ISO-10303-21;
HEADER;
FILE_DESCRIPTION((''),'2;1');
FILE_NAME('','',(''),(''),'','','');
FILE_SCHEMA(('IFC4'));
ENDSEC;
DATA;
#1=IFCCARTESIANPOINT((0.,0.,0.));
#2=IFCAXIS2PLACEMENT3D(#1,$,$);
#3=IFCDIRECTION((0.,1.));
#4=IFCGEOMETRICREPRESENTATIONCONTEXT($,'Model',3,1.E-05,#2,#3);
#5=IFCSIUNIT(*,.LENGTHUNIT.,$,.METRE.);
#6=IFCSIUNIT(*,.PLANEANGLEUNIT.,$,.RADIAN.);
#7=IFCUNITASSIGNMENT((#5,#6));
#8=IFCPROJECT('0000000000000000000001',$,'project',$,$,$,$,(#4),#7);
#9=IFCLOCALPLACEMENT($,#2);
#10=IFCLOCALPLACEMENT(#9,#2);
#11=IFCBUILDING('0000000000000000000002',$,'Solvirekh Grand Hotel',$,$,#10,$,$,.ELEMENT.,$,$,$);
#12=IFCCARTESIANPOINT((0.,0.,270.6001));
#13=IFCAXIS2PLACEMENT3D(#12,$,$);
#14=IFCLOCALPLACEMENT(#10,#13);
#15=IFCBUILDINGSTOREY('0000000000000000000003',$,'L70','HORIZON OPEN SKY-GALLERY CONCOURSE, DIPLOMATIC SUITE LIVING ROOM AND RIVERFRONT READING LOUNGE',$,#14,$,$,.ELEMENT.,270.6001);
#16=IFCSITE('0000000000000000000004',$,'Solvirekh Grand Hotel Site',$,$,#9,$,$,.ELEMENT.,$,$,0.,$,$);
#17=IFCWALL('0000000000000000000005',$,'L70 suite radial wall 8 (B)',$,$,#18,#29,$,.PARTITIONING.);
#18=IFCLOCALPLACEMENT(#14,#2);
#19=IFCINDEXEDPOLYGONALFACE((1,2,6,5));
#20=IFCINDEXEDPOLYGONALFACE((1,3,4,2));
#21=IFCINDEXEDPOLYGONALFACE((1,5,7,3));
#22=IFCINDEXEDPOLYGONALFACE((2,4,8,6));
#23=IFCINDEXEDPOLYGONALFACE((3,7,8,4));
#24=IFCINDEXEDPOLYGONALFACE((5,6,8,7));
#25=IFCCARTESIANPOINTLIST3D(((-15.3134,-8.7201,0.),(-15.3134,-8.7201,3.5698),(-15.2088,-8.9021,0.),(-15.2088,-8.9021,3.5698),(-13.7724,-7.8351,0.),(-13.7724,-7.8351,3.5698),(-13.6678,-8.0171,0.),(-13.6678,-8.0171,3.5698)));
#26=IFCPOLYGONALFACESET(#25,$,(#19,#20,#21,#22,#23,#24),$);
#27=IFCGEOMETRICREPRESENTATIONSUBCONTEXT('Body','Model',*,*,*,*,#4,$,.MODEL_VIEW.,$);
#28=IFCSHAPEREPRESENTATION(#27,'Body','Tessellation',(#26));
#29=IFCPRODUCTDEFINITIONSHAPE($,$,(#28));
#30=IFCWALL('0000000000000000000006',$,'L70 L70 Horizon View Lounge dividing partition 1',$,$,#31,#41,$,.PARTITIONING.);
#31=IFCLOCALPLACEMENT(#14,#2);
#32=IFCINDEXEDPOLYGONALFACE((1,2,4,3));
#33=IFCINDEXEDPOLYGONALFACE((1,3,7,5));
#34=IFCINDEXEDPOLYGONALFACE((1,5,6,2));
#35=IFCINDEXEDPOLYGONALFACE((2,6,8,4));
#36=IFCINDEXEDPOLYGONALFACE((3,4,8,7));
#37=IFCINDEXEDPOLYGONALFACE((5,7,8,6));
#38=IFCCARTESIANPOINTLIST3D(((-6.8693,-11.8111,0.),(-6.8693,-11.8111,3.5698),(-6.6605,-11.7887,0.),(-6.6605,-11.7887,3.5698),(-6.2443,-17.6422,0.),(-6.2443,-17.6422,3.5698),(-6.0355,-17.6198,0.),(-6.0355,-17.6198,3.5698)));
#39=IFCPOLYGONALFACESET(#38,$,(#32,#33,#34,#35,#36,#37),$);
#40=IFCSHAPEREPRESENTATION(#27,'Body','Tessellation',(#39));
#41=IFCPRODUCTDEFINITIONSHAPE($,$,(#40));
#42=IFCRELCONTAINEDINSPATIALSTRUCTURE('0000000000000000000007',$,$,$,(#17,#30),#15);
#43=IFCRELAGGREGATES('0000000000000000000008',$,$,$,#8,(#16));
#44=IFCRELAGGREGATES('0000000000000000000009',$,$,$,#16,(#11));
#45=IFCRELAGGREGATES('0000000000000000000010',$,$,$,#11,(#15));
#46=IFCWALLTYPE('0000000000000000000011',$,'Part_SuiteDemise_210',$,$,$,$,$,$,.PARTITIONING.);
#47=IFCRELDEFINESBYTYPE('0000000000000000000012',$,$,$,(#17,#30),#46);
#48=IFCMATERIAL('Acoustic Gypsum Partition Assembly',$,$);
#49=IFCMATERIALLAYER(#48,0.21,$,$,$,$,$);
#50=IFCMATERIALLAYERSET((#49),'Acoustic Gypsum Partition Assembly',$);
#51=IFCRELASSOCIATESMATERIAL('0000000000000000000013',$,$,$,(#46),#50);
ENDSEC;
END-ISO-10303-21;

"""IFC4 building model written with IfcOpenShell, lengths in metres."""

from ifc_helpers import new_model, si_unit, direction, frame, frame_2d, origin, place, context, subcontext, project, spatial, rectangle, extrude, material, layer, layer_set, type_object, element, save


model = new_model("IFC4")

# Units and contexts
model_context = context("Model", 3, precision=1e-05, world=origin(), true_north=direction((0.0, 1.0)))
body_context = subcontext(model_context, "Body", "Model", "MODEL_VIEW")
ifc_project = project(units=[si_unit("LENGTHUNIT", "METRE"), si_unit("PLANEANGLEUNIT", "RADIAN")], contexts=[model_context])

# Site, building, storey
site_placement = place(None, origin())
site = spatial("IfcSite", under=ifc_project, at=site_placement, Name="Solvirekh Grand Hotel Site", CompositionType="ELEMENT", RefElevation=0.0)
building_placement = place(site_placement, origin())
building = spatial("IfcBuilding", under=site, at=building_placement, Name="Solvirekh Grand Hotel", CompositionType="ELEMENT")
storey_placement = place(building_placement, frame((0.0, 0.0, 270.6001)))
storey = spatial("IfcBuildingStorey", under=building, at=storey_placement, Name="L70", Description="HORIZON OPEN SKY-GALLERY CONCOURSE, DIPLOMATIC SUITE LIVING ROOM AND RIVERFRONT READING LOUNGE", CompositionType="ELEMENT", Elevation=270.6001)

# Shared definitions
ifc_material_1 = material(Name="Acoustic Gypsum Partition Assembly")

# Walls
ifc_layer_1 = layer(ifc_material_1, 0.21)
ifc_layer_set_1 = layer_set([ifc_layer_1], Name="Acoustic Gypsum Partition Assembly")
wall_type_1 = type_object("IfcWallType", Name="Part_SuiteDemise_210", PredefinedType="PARTITIONING", material=ifc_layer_set_1)
wall_1_placement = place(storey_placement, frame((-13.72, -7.926, 0.0), z_axis=(0.0, 0.0, 1.0), x_axis=(-0.867167, -0.498017, 0.0)))
element("IfcWall", 1, at=wall_1_placement, inside=storey, type_object=wall_type_1, Name="L70 suite radial wall 8 (B)", PredefinedType="PARTITIONING", context=body_context, shape_type="SweptSolid", body=[
    extrude(rectangle(XDim=1.7771, YDim=0.21, at=frame_2d((0.8887, 0.0))), origin(), (0.0, 0.0, 1.0), 3.5698),
])
wall_2_placement = place(storey_placement, frame((-6.7649, -11.8, 0.0), z_axis=(0.0, 0.0, 1.0), x_axis=(0.106574, -0.994305, 0.0)))
element("IfcWall", 2, at=wall_2_placement, inside=storey, type_object=wall_type_1, Name="L70 L70 Horizon View Lounge dividing partition 1", PredefinedType="PARTITIONING", context=body_context, shape_type="SweptSolid", body=[
    extrude(rectangle(XDim=5.8645, YDim=0.21, at=frame_2d((2.9321, 0.0))), origin(), (0.0, 0.0, 1.0), 3.5698),
])

save(model, "model.ifc")
